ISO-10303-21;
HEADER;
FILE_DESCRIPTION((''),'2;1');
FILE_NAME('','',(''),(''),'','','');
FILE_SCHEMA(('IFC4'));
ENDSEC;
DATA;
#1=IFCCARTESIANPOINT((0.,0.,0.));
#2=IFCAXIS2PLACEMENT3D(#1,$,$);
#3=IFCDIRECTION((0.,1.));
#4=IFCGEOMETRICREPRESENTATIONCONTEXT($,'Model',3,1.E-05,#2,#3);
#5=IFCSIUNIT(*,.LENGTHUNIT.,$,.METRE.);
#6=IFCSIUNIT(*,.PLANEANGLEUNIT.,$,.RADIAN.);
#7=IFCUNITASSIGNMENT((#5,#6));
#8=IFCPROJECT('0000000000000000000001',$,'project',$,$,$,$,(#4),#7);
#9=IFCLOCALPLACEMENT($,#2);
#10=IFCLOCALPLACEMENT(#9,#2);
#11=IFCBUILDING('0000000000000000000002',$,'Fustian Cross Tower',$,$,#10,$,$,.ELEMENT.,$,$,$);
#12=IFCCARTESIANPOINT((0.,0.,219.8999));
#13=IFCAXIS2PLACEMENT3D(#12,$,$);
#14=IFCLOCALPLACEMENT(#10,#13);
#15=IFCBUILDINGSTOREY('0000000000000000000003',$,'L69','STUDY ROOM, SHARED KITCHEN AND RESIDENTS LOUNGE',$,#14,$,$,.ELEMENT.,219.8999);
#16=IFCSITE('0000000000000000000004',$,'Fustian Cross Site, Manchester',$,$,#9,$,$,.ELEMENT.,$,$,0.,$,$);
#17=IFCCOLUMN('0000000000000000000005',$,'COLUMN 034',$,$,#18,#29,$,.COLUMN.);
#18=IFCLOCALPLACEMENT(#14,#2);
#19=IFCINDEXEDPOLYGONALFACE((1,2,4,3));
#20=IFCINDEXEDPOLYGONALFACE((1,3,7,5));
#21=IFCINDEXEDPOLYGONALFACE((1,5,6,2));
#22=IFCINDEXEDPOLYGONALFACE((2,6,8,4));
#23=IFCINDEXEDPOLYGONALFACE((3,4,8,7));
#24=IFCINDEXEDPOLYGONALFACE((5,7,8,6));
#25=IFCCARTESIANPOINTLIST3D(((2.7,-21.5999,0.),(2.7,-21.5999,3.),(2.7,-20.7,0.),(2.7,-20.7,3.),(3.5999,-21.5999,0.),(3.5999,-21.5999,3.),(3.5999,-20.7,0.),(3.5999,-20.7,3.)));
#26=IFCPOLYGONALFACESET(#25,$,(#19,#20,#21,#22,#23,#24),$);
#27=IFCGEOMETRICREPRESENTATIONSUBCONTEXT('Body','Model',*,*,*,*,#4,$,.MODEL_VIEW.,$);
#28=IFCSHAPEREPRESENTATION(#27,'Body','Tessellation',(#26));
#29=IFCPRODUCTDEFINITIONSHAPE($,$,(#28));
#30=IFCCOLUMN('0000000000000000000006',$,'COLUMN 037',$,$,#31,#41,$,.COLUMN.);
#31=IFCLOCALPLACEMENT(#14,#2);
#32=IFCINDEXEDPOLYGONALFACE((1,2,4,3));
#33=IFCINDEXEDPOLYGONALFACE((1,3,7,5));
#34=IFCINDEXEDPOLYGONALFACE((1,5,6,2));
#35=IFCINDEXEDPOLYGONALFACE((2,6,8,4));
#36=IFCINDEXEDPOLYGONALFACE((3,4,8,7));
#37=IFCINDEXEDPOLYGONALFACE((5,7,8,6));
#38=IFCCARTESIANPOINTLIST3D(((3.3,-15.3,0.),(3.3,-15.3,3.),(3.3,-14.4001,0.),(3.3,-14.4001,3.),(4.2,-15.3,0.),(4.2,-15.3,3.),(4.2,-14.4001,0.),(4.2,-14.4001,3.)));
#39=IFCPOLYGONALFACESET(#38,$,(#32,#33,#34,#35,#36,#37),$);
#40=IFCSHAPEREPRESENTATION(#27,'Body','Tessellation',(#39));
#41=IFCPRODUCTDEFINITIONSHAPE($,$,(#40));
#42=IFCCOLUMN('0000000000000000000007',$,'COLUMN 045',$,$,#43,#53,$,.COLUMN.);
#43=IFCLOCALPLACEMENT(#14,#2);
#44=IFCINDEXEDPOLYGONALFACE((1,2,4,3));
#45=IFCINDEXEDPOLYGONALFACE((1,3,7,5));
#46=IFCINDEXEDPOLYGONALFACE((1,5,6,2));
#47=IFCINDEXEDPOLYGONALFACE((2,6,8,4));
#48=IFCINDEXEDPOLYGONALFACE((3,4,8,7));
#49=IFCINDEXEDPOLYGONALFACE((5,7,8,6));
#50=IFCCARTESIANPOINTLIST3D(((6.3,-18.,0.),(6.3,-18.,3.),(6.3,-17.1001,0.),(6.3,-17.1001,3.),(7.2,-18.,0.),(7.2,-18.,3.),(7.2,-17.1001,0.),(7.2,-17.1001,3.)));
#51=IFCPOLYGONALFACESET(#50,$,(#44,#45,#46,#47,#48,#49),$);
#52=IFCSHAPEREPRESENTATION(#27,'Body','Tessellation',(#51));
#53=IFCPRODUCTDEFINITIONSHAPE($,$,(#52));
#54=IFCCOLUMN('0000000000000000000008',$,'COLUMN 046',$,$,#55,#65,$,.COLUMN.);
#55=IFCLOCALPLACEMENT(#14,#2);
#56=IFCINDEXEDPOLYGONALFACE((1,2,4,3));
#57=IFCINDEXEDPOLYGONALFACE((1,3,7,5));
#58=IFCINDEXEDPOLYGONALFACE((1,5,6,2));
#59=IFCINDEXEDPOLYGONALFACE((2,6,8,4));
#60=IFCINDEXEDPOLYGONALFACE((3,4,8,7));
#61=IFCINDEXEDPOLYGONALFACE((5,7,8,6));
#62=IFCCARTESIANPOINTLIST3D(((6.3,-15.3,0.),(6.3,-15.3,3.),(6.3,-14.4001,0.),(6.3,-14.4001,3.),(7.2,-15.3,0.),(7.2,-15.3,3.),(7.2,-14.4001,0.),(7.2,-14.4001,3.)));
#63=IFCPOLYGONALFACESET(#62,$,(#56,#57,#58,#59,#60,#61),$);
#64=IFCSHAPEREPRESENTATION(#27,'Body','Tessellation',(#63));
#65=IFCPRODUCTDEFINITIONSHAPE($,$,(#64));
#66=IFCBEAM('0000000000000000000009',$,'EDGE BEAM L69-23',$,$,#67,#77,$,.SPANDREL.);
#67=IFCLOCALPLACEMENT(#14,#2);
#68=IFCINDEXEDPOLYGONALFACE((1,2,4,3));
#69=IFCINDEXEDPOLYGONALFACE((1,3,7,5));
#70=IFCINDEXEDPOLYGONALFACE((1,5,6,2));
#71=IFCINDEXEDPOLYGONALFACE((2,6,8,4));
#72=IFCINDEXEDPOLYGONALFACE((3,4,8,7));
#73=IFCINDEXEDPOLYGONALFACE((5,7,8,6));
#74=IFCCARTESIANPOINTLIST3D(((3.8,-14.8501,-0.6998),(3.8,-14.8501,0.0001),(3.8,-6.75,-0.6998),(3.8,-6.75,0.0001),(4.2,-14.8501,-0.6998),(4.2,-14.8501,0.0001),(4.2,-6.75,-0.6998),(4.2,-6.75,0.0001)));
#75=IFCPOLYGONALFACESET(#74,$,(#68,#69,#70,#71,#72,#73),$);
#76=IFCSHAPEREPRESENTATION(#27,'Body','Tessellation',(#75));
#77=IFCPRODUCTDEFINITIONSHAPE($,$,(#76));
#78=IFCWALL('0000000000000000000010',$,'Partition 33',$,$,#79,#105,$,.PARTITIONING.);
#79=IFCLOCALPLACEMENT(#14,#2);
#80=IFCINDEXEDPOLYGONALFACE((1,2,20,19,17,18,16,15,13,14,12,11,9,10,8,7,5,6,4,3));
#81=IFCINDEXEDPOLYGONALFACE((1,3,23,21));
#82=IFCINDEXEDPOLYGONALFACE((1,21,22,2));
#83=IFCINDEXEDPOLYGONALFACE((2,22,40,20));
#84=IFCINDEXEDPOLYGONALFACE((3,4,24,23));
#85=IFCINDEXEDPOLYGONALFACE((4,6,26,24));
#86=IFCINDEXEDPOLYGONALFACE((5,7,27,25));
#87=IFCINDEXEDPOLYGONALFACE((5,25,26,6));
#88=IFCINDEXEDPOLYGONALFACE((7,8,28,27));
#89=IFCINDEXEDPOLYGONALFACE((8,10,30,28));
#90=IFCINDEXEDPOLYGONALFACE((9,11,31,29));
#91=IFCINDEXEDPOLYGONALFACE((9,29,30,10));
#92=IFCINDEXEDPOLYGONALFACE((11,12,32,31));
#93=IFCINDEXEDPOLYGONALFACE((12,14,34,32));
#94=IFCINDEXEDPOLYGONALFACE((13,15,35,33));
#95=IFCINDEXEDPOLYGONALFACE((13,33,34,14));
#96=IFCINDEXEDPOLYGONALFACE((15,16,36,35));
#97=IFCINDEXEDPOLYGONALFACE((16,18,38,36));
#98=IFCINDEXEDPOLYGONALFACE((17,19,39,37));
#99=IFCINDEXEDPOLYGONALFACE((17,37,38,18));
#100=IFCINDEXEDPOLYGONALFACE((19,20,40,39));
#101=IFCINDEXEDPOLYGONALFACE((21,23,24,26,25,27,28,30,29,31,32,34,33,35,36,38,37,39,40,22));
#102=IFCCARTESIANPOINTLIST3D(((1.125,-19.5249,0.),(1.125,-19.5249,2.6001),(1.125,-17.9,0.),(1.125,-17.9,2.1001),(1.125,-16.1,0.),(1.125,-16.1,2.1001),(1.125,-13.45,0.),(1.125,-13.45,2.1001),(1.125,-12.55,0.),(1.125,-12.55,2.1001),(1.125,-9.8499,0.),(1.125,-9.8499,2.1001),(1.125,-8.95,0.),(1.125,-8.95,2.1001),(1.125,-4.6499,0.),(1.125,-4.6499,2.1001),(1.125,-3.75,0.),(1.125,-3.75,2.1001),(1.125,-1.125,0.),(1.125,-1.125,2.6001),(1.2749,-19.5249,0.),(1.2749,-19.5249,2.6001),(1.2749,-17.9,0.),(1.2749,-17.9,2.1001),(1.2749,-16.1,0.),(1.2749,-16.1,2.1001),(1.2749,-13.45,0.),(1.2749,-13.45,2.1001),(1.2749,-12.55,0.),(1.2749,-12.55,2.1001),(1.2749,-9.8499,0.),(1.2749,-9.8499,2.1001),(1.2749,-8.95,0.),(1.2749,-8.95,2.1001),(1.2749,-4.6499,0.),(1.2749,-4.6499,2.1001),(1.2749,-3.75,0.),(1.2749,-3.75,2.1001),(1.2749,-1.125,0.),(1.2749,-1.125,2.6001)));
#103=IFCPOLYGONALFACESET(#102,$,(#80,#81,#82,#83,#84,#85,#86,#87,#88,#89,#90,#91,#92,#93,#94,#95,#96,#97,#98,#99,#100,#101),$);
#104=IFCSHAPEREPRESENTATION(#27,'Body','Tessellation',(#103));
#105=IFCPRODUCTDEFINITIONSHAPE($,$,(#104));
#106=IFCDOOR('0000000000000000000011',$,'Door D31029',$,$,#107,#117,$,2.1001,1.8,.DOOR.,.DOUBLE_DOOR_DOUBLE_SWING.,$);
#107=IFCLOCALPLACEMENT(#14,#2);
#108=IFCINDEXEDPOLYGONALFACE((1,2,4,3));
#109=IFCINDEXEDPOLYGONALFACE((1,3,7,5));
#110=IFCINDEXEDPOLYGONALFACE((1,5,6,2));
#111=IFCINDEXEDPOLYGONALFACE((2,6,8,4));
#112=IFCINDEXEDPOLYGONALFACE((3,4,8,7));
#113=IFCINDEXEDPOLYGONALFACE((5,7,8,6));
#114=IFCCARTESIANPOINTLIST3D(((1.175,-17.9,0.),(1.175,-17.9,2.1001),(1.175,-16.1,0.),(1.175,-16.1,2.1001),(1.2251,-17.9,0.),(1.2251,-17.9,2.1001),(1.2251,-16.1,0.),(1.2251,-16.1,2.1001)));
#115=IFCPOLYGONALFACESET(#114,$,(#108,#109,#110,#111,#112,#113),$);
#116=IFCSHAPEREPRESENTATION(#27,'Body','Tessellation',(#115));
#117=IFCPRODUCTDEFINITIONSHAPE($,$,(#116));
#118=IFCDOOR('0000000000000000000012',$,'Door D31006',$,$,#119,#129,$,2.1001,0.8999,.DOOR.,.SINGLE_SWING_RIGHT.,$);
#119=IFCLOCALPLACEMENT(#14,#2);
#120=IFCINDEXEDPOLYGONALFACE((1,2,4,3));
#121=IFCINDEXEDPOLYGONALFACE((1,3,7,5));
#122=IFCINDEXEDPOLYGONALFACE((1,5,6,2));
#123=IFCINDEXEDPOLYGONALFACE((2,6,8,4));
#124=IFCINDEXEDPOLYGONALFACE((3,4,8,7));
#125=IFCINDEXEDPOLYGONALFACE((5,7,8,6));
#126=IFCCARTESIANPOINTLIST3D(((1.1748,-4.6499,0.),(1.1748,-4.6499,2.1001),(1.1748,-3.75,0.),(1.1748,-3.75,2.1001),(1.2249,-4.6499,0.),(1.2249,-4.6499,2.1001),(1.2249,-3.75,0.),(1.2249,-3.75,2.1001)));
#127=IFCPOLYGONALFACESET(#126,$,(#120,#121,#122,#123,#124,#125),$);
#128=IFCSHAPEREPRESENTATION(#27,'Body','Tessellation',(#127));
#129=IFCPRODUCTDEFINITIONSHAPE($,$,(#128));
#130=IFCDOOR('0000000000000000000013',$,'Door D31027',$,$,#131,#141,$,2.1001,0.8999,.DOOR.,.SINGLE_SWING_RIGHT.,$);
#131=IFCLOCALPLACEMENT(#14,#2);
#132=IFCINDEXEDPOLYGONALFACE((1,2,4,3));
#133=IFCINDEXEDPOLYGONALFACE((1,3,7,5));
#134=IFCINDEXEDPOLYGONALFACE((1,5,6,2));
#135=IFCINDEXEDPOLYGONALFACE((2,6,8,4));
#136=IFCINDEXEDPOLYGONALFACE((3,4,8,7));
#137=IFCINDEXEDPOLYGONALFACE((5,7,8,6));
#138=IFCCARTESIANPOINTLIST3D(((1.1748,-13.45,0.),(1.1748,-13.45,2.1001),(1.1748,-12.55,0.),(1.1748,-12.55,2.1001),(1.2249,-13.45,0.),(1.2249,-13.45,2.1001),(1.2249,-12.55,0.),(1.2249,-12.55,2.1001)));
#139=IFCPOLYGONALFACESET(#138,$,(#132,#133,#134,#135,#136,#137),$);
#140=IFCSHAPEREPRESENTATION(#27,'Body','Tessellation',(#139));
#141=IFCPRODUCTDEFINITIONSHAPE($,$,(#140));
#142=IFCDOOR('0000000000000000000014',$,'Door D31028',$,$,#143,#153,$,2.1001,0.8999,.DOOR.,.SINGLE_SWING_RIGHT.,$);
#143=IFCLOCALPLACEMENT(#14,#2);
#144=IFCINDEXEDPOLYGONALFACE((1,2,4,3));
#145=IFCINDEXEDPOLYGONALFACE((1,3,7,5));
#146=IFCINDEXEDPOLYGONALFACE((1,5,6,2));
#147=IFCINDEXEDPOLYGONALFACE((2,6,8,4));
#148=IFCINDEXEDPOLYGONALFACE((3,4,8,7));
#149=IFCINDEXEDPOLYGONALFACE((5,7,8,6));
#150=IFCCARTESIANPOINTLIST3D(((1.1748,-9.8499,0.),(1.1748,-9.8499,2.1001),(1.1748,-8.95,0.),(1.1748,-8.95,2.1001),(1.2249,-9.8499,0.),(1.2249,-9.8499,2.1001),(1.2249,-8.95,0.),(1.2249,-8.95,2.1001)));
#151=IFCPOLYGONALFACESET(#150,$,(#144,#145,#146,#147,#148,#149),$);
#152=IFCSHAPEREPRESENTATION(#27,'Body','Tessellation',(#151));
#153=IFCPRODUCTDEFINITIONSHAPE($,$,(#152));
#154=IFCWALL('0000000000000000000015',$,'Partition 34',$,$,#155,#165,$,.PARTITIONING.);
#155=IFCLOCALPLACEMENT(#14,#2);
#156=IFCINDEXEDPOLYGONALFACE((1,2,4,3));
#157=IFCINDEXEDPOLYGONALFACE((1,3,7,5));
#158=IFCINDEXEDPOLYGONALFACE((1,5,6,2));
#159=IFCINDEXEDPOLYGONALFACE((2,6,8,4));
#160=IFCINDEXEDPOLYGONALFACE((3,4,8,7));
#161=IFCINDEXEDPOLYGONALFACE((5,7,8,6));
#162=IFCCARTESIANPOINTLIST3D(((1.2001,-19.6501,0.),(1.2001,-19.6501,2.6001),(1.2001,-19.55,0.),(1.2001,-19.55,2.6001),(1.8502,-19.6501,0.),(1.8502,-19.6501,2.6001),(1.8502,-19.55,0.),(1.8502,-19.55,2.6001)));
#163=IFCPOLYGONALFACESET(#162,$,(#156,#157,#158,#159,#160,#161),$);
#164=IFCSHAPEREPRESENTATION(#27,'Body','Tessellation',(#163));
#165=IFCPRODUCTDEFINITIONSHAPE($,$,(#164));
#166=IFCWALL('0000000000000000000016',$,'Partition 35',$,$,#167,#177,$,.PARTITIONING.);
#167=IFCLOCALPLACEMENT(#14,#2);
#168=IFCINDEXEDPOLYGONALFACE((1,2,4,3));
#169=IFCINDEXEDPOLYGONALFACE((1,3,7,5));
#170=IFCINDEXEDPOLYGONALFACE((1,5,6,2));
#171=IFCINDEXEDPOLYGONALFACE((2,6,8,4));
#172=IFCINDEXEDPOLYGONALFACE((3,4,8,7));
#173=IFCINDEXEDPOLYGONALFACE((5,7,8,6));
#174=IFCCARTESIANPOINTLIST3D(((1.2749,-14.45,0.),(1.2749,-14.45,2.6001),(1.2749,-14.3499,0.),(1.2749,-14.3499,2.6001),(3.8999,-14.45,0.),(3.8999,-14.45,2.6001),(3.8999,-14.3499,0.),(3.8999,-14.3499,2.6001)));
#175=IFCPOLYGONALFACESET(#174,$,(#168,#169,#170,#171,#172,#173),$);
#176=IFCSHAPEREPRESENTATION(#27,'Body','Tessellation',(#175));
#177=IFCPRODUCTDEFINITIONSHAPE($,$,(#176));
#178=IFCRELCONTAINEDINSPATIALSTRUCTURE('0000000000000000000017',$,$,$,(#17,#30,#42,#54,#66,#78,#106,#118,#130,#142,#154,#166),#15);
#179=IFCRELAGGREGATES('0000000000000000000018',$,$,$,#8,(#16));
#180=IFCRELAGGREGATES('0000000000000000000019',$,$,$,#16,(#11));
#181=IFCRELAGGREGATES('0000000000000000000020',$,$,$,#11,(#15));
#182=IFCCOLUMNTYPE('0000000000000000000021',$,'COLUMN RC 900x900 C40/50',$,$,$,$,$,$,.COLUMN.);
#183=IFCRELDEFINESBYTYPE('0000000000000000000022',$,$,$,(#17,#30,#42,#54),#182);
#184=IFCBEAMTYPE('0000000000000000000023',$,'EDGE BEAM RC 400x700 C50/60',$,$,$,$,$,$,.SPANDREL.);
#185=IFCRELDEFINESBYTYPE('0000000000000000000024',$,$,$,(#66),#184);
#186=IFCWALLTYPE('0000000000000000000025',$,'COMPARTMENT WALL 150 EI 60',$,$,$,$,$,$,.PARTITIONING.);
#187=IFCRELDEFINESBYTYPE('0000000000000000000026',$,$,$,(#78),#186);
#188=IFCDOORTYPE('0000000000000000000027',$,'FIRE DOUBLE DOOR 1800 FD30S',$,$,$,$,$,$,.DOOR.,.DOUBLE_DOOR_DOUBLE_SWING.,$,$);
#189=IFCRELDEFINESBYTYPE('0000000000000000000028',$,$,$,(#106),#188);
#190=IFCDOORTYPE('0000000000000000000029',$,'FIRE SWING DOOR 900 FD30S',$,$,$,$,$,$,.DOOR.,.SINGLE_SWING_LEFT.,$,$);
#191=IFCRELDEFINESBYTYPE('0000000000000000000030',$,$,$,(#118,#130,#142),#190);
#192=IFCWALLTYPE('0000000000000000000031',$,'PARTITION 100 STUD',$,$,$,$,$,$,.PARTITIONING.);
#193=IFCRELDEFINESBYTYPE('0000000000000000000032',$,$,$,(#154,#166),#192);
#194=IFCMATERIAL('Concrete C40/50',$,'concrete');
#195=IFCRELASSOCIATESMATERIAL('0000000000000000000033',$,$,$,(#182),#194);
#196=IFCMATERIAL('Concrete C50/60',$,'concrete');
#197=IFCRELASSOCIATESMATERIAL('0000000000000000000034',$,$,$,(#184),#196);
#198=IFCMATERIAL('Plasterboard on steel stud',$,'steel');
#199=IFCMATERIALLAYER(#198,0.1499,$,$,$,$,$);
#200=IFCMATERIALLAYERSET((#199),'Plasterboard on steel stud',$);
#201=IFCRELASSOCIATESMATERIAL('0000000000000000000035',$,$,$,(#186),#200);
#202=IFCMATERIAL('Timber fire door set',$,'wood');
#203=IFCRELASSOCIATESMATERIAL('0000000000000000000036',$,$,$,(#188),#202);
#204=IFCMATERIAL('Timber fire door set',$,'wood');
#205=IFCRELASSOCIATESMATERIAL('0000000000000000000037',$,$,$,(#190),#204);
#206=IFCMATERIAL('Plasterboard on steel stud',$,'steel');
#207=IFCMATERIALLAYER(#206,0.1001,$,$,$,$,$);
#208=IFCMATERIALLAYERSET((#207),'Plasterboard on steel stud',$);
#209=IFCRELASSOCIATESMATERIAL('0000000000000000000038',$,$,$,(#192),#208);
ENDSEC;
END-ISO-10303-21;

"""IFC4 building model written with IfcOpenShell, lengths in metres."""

from ifc_helpers import new_model, si_unit, direction, frame, frame_2d, origin, origin_2d, place, context, subcontext, project, spatial, rectangle, extrude, material, layer, layer_set, material_profile, profile_set, type_object, element, fill, save


model = new_model("IFC4")

# Units and contexts
model_context = context("Model", 3, precision=1e-05, world=origin(), true_north=direction((0.0, 1.0)))
body_context = subcontext(model_context, "Body", "Model", "MODEL_VIEW")
ifc_project = project(units=[si_unit("LENGTHUNIT", "METRE"), si_unit("PLANEANGLEUNIT", "RADIAN")], contexts=[model_context])

# Site, building, storey
site_placement = place(None, origin())
site = spatial("IfcSite", under=ifc_project, at=site_placement, Name="Fustian Cross Site, Manchester", CompositionType="ELEMENT", RefElevation=0.0)
building_placement = place(site_placement, origin())
building = spatial("IfcBuilding", under=site, at=building_placement, Name="Fustian Cross Tower", CompositionType="ELEMENT")
storey_placement = place(building_placement, frame((0.0, 0.0, 219.8999)))
storey = spatial("IfcBuildingStorey", under=building, at=storey_placement, Name="L69", Description="STUDY ROOM, SHARED KITCHEN AND RESIDENTS LOUNGE", CompositionType="ELEMENT", Elevation=219.8999)

# Columns
ifc_material_1 = material(Name="Concrete C40/50", Category="concrete")
ifc_material_profile_1 = material_profile(ifc_material_1, rectangle(XDim=0.8999, YDim=0.8999, at=origin_2d()), Name="RC 900x900")
ifc_profile_set_1 = profile_set([ifc_material_profile_1], Name="Concrete C40/50")
column_type = type_object("IfcColumnType", Name="COLUMN RC 900x900 C40/50", PredefinedType="COLUMN", material=ifc_profile_set_1)
for number, where, z_axis, x_axis, name in (
    (1, (3.1499, -21.1499, 0.0), (0.0, 0.0, 1.0), (1.0, 0.0, 0.0), "COLUMN 034"),
    (2, (3.75, -14.8501, 0.0), (0.0, 0.0, 1.0), (1.0, 0.0, 0.0), "COLUMN 037"),
    (3, (6.75, -17.55, 0.0), (0.0, 0.0, 1.0), (1.0, 0.0, 0.0), "COLUMN 045"),
    (4, (6.75, -14.8501, 0.0), (0.0, 0.0, 1.0), (1.0, 0.0, 0.0), "COLUMN 046"),
):
    element("IfcColumn", number, at=place(storey_placement, frame(where, z_axis=z_axis, x_axis=x_axis)), inside=storey, type_object=column_type, Name=name, PredefinedType="COLUMN", context=body_context, shape_type="SweptSolid", body=[
        extrude(rectangle(XDim=0.8999, YDim=0.8999, at=origin_2d()), origin(), (0.0, 0.0, 1.0), 3.0),
    ])

# Beam
ifc_material_2 = material(Name="Concrete C50/60", Category="concrete")
ifc_material_profile_2 = material_profile(ifc_material_2, rectangle(XDim=0.3999, YDim=0.7, at=origin_2d()), Name="RC 400x700")
ifc_profile_set_2 = profile_set([ifc_material_profile_2], Name="Concrete C50/60")
beam_type = type_object("IfcBeamType", Name="EDGE BEAM RC 400x700 C50/60", PredefinedType="SPANDREL", material=ifc_profile_set_2)
beam_placement = place(storey_placement, frame((4.0, -14.8501, -0.3499), z_axis=(0.0, 1.0, 0.0), x_axis=(-1.0, 0.0, 0.0)))
element("IfcBeam", 5, at=beam_placement, inside=storey, type_object=beam_type, Name="EDGE BEAM L69-23", PredefinedType="SPANDREL", context=body_context, shape_type="SweptSolid", body=[
    extrude(rectangle(XDim=0.3999, YDim=0.7, at=origin_2d()), origin(), (0.0, 0.0, 1.0), 8.1001),
])

# Wall, openings, doors
ifc_material_3 = material(Name="Plasterboard on steel stud", Category="steel")
ifc_layer_1 = layer(ifc_material_3, 0.1499)
ifc_layer_set_1 = layer_set([ifc_layer_1], Name="Plasterboard on steel stud")
wall_type_1 = type_object("IfcWallType", Name="COMPARTMENT WALL 150 EI 60", PredefinedType="PARTITIONING", material=ifc_layer_set_1)
wall_1_placement = place(storey_placement, frame((1.2, -19.5249, 0.0), z_axis=(0.0, 0.0, 1.0), x_axis=(0.0, 1.0, 0.0)))
wall_1 = element("IfcWall", 6, at=wall_1_placement, inside=storey, type_object=wall_type_1, Name="Partition 33", PredefinedType="PARTITIONING", context=body_context, shape_type="SweptSolid", body=[
    extrude(rectangle(XDim=18.3999, YDim=0.1499, at=frame_2d((9.2, 0.0))), origin(), (0.0, 0.0, 1.0), 2.6001),
])
opening_1_placement = place(wall_1_placement, frame((14.875, 0.0, 0.0)))
opening_1 = element("IfcOpeningElement", 7, at=opening_1_placement, cuts=wall_1, PredefinedType="OPENING", context=body_context, shape_type="SweptSolid", body=[
    extrude(rectangle(XDim=0.8999, YDim=2.1001, at=frame_2d((0.45, 1.05))), frame((0.0, 0.085, 0.0), z_axis=(0.0, -1.0, 0.0), x_axis=(1.0, 0.0, 0.0)), (0.0, 0.0, 1.0), 0.1699),
])
opening_2_placement = place(wall_1_placement, frame((6.075, 0.0, 0.0)))
opening_2 = element("IfcOpeningElement", 8, at=opening_2_placement, cuts=wall_1, PredefinedType="OPENING", context=body_context, shape_type="SweptSolid", body=[
    extrude(rectangle(XDim=0.8999, YDim=2.1001, at=frame_2d((0.45, 1.05))), frame((0.0, 0.085, 0.0), z_axis=(0.0, -1.0, 0.0), x_axis=(1.0, 0.0, 0.0)), (0.0, 0.0, 1.0), 0.1699),
])
opening_3_placement = place(wall_1_placement, frame((9.675, 0.0, 0.0)))
opening_3 = element("IfcOpeningElement", 9, at=opening_3_placement, cuts=wall_1, PredefinedType="OPENING", context=body_context, shape_type="SweptSolid", body=[
    extrude(rectangle(XDim=0.8999, YDim=2.1001, at=frame_2d((0.45, 1.05))), frame((0.0, 0.085, 0.0), z_axis=(0.0, -1.0, 0.0), x_axis=(1.0, 0.0, 0.0)), (0.0, 0.0, 1.0), 0.1699),
])
opening_4_placement = place(wall_1_placement, frame((1.625, 0.0, 0.0)))
opening_4 = element("IfcOpeningElement", 10, at=opening_4_placement, cuts=wall_1, PredefinedType="OPENING", context=body_context, shape_type="SweptSolid", body=[
    extrude(rectangle(XDim=1.8, YDim=2.1001, at=frame_2d((0.8999, 1.05))), frame((0.0, 0.085, 0.0), z_axis=(0.0, -1.0, 0.0), x_axis=(1.0, 0.0, 0.0)), (0.0, 0.0, 1.0), 0.1699),
])
ifc_material_4 = material(Name="Timber fire door set", Category="wood")
door_type_1 = type_object("IfcDoorType", Name="FIRE DOUBLE DOOR 1800 FD30S", OperationType="DOUBLE_DOOR_DOUBLE_SWING", PredefinedType="DOOR", material=ifc_material_4)
door_1_placement = place(opening_4_placement, origin())
door_1 = element("IfcDoor", 11, at=door_1_placement, inside=storey, type_object=door_type_1, Name="Door D31029", OperationType="DOUBLE_DOOR_DOUBLE_SWING", OverallHeight=2.1001, OverallWidth=1.8, PredefinedType="DOOR", context=body_context, shape_type="SweptSolid", body=[
    extrude(rectangle(XDim=1.8, YDim=2.1001, at=frame_2d((0.8999, 1.05))), frame((0.0, 0.0249, 0.0), z_axis=(0.0, -1.0, 0.0), x_axis=(1.0, 0.0, 0.0)), (0.0, 0.0, 1.0), 0.05),
])
fill(opening_4, door_1)
ifc_material_5 = material(Name="Timber fire door set", Category="wood")
door_type_2 = type_object("IfcDoorType", Name="FIRE SWING DOOR 900 FD30S", OperationType="SINGLE_SWING_LEFT", PredefinedType="DOOR", material=ifc_material_5)
door_2_placement = place(opening_1_placement, frame((0.8999, 0.0, 0.0), z_axis=(0.0, 0.0, 1.0), x_axis=(-1.0, 0.0, 0.0)))
door_2 = element("IfcDoor", 12, at=door_2_placement, inside=storey, type_object=door_type_2, Name="Door D31006", OperationType="SINGLE_SWING_RIGHT", OverallHeight=2.1001, OverallWidth=0.8999, PredefinedType="DOOR", context=body_context, shape_type="SweptSolid", body=[
    extrude(rectangle(XDim=0.8999, YDim=2.1001, at=frame_2d((0.45, 1.05))), frame((0.0, 0.0249, 0.0), z_axis=(0.0, -1.0, 0.0), x_axis=(1.0, 0.0, 0.0)), (0.0, 0.0, 1.0), 0.05),
])
fill(opening_1, door_2)
door_3_placement = place(opening_2_placement, frame((0.8999, 0.0, 0.0), z_axis=(0.0, 0.0, 1.0), x_axis=(-1.0, 0.0, 0.0)))
door_3 = element("IfcDoor", 13, at=door_3_placement, inside=storey, type_object=door_type_2, Name="Door D31027", OperationType="SINGLE_SWING_RIGHT", OverallHeight=2.1001, OverallWidth=0.8999, PredefinedType="DOOR", context=body_context, shape_type="SweptSolid", body=[
    extrude(rectangle(XDim=0.8999, YDim=2.1001, at=frame_2d((0.45, 1.05))), frame((0.0, 0.0249, 0.0), z_axis=(0.0, -1.0, 0.0), x_axis=(1.0, 0.0, 0.0)), (0.0, 0.0, 1.0), 0.05),
])
fill(opening_2, door_3)
door_4_placement = place(opening_3_placement, frame((0.8999, 0.0, 0.0), z_axis=(0.0, 0.0, 1.0), x_axis=(-1.0, 0.0, 0.0)))
door_4 = element("IfcDoor", 14, at=door_4_placement, inside=storey, type_object=door_type_2, Name="Door D31028", OperationType="SINGLE_SWING_RIGHT", OverallHeight=2.1001, OverallWidth=0.8999, PredefinedType="DOOR", context=body_context, shape_type="SweptSolid", body=[
    extrude(rectangle(XDim=0.8999, YDim=2.1001, at=frame_2d((0.45, 1.05))), frame((0.0, 0.0249, 0.0), z_axis=(0.0, -1.0, 0.0), x_axis=(1.0, 0.0, 0.0)), (0.0, 0.0, 1.0), 0.05),
])
fill(opening_3, door_4)

# Walls
ifc_material_6 = material(Name="Plasterboard on steel stud", Category="steel")
ifc_layer_2 = layer(ifc_material_6, 0.1001)
ifc_layer_set_2 = layer_set([ifc_layer_2], Name="Plasterboard on steel stud")
wall_type_2 = type_object("IfcWallType", Name="PARTITION 100 STUD", PredefinedType="PARTITIONING", material=ifc_layer_set_2)
wall_2_placement = place(storey_placement, frame((1.2, -19.6001, 0.0), z_axis=(0.0, 0.0, 1.0), x_axis=(1.0, 0.0, 0.0)))
element("IfcWall", 15, at=wall_2_placement, inside=storey, type_object=wall_type_2, Name="Partition 34", PredefinedType="PARTITIONING", context=body_context, shape_type="SweptSolid", body=[
    extrude(rectangle(XDim=0.6501, YDim=0.1001, at=frame_2d((0.3252, 0.0))), origin(), (0.0, 0.0, 1.0), 2.6001),
])
wall_3_placement = place(storey_placement, frame((1.2749, -14.3999, 0.0), z_axis=(0.0, 0.0, 1.0), x_axis=(1.0, 0.0, 0.0)))
element("IfcWall", 16, at=wall_3_placement, inside=storey, type_object=wall_type_2, Name="Partition 35", PredefinedType="PARTITIONING", context=body_context, shape_type="SweptSolid", body=[
    extrude(rectangle(XDim=2.625, YDim=0.1001, at=frame_2d((1.3125, 0.0))), origin(), (0.0, 0.0, 1.0), 2.6001),
])

save(model, "model.ifc")
